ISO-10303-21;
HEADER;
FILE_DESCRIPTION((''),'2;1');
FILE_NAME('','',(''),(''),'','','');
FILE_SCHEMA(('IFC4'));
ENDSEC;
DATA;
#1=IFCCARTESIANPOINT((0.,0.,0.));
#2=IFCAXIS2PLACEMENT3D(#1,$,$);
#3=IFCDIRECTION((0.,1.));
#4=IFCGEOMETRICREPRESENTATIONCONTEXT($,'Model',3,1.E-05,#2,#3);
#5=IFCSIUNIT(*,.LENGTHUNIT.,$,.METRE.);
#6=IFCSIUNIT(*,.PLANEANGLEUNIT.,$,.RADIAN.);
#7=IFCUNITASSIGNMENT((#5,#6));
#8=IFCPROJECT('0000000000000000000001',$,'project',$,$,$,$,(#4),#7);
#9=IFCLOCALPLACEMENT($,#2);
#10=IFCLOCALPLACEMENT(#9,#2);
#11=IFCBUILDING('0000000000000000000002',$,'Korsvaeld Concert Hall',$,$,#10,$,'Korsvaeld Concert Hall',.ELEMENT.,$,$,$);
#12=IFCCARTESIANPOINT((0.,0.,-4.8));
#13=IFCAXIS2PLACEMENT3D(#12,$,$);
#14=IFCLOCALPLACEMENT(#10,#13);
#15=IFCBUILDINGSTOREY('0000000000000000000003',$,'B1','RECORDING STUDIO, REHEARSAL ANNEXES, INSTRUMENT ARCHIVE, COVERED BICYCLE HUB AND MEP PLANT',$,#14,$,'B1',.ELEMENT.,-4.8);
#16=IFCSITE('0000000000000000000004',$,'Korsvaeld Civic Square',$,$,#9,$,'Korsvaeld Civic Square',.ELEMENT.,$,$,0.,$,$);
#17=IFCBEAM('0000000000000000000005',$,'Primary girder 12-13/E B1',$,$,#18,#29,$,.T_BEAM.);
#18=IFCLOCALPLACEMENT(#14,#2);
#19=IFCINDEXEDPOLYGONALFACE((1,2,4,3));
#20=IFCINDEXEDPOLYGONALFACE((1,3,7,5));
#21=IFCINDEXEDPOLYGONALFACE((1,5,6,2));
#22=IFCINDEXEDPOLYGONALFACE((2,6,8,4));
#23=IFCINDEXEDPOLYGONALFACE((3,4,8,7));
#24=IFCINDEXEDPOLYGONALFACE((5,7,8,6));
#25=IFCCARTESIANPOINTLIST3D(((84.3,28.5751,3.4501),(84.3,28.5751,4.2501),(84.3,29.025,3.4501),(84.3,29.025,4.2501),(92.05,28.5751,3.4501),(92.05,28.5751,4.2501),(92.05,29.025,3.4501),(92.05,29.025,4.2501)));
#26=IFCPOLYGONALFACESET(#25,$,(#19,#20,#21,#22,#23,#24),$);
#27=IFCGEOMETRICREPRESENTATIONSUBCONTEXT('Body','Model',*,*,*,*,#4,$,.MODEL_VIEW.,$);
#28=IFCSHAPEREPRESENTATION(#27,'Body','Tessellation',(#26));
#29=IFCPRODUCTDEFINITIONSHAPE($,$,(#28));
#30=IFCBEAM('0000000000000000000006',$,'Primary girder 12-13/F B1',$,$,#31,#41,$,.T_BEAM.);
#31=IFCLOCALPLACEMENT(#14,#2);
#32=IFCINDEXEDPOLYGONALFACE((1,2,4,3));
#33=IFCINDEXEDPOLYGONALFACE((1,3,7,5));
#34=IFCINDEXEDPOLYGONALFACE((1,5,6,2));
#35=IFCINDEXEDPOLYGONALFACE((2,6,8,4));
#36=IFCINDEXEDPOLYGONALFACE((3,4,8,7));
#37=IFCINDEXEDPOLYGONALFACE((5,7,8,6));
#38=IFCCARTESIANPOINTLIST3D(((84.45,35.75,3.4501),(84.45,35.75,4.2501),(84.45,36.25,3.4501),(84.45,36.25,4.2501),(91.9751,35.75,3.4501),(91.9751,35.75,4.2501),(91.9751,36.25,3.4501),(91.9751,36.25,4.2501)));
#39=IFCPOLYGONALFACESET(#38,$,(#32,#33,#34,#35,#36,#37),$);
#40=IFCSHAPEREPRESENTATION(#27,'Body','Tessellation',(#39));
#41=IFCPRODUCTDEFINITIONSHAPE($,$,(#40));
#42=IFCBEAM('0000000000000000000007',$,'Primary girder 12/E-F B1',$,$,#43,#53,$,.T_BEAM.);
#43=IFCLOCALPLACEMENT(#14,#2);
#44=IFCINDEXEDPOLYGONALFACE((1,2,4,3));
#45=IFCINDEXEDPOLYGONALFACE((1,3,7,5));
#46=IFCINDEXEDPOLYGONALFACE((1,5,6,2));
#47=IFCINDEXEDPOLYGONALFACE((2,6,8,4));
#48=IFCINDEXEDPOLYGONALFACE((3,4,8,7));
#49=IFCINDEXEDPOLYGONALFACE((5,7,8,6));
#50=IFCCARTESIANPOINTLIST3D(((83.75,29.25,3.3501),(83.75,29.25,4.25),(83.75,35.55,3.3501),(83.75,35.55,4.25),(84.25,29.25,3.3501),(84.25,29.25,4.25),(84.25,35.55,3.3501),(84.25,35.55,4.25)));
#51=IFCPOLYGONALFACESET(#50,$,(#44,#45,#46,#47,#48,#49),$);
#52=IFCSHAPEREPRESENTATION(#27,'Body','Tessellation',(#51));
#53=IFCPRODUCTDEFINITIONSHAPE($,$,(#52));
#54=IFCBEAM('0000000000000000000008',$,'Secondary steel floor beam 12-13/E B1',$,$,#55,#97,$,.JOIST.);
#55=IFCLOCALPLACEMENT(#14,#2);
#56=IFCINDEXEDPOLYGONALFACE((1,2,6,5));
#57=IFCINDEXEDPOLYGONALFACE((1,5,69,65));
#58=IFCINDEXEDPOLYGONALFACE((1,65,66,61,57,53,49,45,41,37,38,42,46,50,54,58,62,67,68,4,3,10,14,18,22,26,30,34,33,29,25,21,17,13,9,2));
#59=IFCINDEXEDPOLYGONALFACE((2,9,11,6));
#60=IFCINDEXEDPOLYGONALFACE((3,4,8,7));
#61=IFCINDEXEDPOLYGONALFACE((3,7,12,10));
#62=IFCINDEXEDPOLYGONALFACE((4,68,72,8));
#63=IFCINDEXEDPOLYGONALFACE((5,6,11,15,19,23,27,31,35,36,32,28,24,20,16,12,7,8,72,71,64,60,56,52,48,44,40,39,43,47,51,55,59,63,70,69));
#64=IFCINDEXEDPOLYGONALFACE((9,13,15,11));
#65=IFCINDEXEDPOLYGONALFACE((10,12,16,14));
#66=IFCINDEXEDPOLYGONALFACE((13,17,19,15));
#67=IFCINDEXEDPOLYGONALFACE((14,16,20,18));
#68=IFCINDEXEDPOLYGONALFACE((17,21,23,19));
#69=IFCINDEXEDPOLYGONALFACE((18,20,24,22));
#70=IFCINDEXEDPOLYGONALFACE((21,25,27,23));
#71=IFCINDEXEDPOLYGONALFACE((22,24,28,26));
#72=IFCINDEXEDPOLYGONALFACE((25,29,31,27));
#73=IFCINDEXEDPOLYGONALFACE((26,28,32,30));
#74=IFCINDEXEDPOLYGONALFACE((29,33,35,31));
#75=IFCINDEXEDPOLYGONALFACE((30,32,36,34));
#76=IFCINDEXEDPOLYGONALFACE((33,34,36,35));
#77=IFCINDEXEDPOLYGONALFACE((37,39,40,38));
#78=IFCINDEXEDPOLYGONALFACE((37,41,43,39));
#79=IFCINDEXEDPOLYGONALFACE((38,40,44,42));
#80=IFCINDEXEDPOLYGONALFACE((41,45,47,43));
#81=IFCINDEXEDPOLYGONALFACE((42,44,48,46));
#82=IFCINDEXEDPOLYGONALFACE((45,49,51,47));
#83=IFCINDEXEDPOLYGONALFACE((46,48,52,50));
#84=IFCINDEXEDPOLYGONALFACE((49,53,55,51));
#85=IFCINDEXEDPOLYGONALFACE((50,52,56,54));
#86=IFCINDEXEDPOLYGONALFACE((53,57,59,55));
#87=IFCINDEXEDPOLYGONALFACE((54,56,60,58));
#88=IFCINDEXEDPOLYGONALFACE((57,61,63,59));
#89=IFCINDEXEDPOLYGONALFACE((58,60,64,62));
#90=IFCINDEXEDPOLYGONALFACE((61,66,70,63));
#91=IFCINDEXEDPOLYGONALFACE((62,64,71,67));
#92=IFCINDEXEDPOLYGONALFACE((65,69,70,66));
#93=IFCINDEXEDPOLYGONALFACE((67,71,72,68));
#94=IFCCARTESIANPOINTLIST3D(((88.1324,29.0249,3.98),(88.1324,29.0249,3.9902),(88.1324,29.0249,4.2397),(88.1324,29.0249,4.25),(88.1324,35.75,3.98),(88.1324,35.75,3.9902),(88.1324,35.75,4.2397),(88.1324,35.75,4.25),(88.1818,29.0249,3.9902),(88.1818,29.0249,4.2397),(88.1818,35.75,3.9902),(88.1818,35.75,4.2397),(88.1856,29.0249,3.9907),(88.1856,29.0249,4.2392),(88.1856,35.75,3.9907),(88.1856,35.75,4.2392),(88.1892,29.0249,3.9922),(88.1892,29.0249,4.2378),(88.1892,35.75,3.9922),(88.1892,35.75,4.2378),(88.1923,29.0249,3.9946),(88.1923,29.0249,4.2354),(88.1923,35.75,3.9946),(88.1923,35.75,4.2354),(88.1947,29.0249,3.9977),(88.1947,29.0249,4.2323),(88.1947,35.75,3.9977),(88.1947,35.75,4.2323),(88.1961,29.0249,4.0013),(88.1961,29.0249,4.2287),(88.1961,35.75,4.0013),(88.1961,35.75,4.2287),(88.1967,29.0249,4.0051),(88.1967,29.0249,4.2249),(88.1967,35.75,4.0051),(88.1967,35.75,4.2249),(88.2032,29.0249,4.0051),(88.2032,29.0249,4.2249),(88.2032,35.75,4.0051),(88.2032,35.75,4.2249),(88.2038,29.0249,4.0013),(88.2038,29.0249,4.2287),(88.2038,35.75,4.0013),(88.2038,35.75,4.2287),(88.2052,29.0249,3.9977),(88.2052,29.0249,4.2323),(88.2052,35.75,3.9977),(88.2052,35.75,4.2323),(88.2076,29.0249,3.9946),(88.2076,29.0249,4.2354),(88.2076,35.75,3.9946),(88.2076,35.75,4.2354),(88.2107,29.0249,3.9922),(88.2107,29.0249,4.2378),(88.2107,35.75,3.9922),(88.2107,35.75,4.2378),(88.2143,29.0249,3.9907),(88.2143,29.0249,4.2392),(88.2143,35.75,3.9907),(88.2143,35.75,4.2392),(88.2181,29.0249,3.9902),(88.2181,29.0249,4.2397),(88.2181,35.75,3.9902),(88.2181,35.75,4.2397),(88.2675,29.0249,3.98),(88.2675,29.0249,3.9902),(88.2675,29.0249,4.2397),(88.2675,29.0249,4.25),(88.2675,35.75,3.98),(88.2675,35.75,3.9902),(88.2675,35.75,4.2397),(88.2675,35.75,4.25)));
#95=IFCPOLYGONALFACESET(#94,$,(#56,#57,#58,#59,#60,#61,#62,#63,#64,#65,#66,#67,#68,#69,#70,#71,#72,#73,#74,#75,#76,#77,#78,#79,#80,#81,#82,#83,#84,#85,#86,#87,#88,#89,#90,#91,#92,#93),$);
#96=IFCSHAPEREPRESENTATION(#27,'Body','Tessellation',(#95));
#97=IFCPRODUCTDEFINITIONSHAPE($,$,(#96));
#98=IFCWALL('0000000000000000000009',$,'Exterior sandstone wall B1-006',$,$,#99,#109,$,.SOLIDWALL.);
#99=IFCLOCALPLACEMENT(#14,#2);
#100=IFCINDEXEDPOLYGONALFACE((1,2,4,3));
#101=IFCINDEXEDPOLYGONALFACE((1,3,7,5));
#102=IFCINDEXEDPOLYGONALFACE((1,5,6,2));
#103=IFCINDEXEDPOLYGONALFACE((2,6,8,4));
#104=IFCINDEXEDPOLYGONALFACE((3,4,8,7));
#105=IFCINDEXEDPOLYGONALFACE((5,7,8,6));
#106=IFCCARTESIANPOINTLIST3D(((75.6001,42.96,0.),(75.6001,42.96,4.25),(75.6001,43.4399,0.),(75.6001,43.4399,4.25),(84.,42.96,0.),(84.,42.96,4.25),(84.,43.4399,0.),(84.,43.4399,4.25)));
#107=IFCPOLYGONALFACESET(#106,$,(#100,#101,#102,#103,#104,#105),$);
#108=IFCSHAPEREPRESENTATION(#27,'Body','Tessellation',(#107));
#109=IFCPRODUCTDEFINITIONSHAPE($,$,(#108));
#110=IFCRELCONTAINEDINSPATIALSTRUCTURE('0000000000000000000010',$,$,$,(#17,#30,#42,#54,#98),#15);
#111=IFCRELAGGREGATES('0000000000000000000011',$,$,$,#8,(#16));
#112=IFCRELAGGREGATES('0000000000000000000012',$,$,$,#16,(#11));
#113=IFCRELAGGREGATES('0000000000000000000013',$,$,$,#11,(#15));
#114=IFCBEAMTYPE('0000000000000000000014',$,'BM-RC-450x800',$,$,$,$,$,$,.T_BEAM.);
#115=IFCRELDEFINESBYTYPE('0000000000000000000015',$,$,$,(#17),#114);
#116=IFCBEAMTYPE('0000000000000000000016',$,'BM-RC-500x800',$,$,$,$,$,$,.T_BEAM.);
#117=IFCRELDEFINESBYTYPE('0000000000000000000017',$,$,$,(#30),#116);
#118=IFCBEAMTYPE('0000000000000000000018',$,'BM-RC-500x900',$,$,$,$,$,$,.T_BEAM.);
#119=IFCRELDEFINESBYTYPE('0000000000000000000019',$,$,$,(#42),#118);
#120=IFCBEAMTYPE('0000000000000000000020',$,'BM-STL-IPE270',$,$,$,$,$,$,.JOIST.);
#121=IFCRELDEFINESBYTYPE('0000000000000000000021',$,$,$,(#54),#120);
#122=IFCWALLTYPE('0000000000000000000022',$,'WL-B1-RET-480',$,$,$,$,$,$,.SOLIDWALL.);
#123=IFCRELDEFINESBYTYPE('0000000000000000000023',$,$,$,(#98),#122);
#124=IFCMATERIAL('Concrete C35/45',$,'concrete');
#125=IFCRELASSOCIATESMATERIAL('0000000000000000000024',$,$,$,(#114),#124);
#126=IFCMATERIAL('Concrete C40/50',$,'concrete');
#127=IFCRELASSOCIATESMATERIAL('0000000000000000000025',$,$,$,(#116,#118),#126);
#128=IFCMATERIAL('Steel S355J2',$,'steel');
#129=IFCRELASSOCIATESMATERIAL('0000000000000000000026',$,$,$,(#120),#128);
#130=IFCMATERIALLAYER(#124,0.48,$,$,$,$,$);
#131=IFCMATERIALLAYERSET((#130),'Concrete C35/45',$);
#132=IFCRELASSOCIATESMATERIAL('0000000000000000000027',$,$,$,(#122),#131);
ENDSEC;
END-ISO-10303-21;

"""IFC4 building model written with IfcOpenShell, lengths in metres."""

from ifc_helpers import new_model, si_unit, direction, frame, frame_2d, origin, origin_2d, place, context, subcontext, project, spatial, rectangle, i_section, extrude, material, layer, layer_set, material_profile, profile_set, type_object, element, save


model = new_model("IFC4")

# Units and contexts
model_context = context("Model", 3, precision=1e-05, world=origin(), true_north=direction((0.0, 1.0)))
body_context = subcontext(model_context, "Body", "Model", "MODEL_VIEW")
ifc_project = project(units=[si_unit("LENGTHUNIT", "METRE"), si_unit("PLANEANGLEUNIT", "RADIAN")], contexts=[model_context])

# Site, building, storey
site_placement = place(None, origin())
site = spatial("IfcSite", under=ifc_project, at=site_placement, Name="Korsvaeld Civic Square", LongName="Korsvaeld Civic Square", CompositionType="ELEMENT", RefElevation=0.0)
building_placement = place(site_placement, origin())
building = spatial("IfcBuilding", under=site, at=building_placement, Name="Korsvaeld Concert Hall", LongName="Korsvaeld Concert Hall", CompositionType="ELEMENT")
storey_placement = place(building_placement, frame((0.0, 0.0, -4.8)))
storey = spatial("IfcBuildingStorey", under=building, at=storey_placement, Name="B1", Description="RECORDING STUDIO, REHEARSAL ANNEXES, INSTRUMENT ARCHIVE, COVERED BICYCLE HUB AND MEP PLANT", LongName="B1", CompositionType="ELEMENT", Elevation=-4.8)

# Shared definitions
ifc_material_1 = material(Name="Concrete C35/45", Category="concrete")

# Shared definitions
ifc_material_2 = material(Name="Concrete C40/50", Category="concrete")

# Beams
ifc_material_profile_1 = material_profile(ifc_material_1, rectangle(XDim=0.45, YDim=0.8, at=origin_2d()), Name="RC 450x800")
ifc_profile_set_1 = profile_set([ifc_material_profile_1], Name="Concrete C35/45")
beam_type_1 = type_object("IfcBeamType", Name="BM-RC-450x800", PredefinedType="T_BEAM", material=ifc_profile_set_1)
beam_1_placement = place(storey_placement, frame((84.3, 28.8, 3.8501), z_axis=(1.0, 0.0, 0.0), x_axis=(0.0, 1.0, 0.0)))
element("IfcBeam", 1, at=beam_1_placement, inside=storey, type_object=beam_type_1, Name="Primary girder 12-13/E B1", PredefinedType="T_BEAM", context=body_context, shape_type="SweptSolid", body=[
    extrude(rectangle(XDim=0.45, YDim=0.8, at=origin_2d()), origin(), (0.0, 0.0, 1.0), 7.75),
])
ifc_material_profile_2 = material_profile(ifc_material_2, rectangle(XDim=0.5, YDim=0.8, at=origin_2d()), Name="RC 500x800")
ifc_profile_set_2 = profile_set([ifc_material_profile_2], Name="Concrete C40/50")
beam_type_2 = type_object("IfcBeamType", Name="BM-RC-500x800", PredefinedType="T_BEAM", material=ifc_profile_set_2)
beam_2_placement = place(storey_placement, frame((84.45, 36.0, 3.8501), z_axis=(1.0, 0.0, 0.0), x_axis=(0.0, 1.0, 0.0)))
element("IfcBeam", 2, at=beam_2_placement, inside=storey, type_object=beam_type_2, Name="Primary girder 12-13/F B1", PredefinedType="T_BEAM", context=body_context, shape_type="SweptSolid", body=[
    extrude(rectangle(XDim=0.5, YDim=0.8, at=origin_2d()), origin(), (0.0, 0.0, 1.0), 7.5251),
])
ifc_material_profile_3 = material_profile(ifc_material_2, rectangle(XDim=0.5, YDim=0.8999, at=origin_2d()), Name="RC 500x900")
ifc_profile_set_3 = profile_set([ifc_material_profile_3], Name="Concrete C40/50")
beam_type_3 = type_object("IfcBeamType", Name="BM-RC-500x900", PredefinedType="T_BEAM", material=ifc_profile_set_3)
beam_3_placement = place(storey_placement, frame((84.0, 29.25, 3.8), z_axis=(0.0, 1.0, 0.0), x_axis=(-1.0, 0.0, 0.0)))
element("IfcBeam", 3, at=beam_3_placement, inside=storey, type_object=beam_type_3, Name="Primary girder 12/E-F B1", PredefinedType="T_BEAM", context=body_context, shape_type="SweptSolid", body=[
    extrude(rectangle(XDim=0.5, YDim=0.8999, at=origin_2d()), origin(), (0.0, 0.0, 1.0), 6.3),
])
ifc_material_3 = material(Name="Steel S355J2", Category="steel")
ifc_material_profile_4 = material_profile(ifc_material_3, i_section(OverallWidth=0.135, OverallDepth=0.27, WebThickness=0.0066, FlangeThickness=0.0103, FilletRadius=0.0149, at=origin_2d()), Name="IPE 270")
ifc_profile_set_4 = profile_set([ifc_material_profile_4], Name="Steel S355J2")
beam_type_4 = type_object("IfcBeamType", Name="BM-STL-IPE270", PredefinedType="JOIST", material=ifc_profile_set_4)
beam_4_placement = place(storey_placement, frame((88.2, 29.0249, 4.115), z_axis=(0.0, 1.0, 0.0), x_axis=(-1.0, 0.0, 0.0)))
element("IfcBeam", 4, at=beam_4_placement, inside=storey, type_object=beam_type_4, Name="Secondary steel floor beam 12-13/E B1", PredefinedType="JOIST", context=body_context, shape_type="SweptSolid", body=[
    extrude(i_section(OverallWidth=0.135, OverallDepth=0.27, WebThickness=0.0066, FlangeThickness=0.0103, FilletRadius=0.0149, at=origin_2d()), origin(), (0.0, 0.0, 1.0), 6.7251),
])

# Wall
ifc_layer = layer(ifc_material_1, 0.48)
ifc_layer_set = layer_set([ifc_layer], Name="Concrete C35/45")
wall_type = type_object("IfcWallType", Name="WL-B1-RET-480", PredefinedType="SOLIDWALL", material=ifc_layer_set)
wall_placement = place(storey_placement, frame((84.0, 43.2, 0.0), z_axis=(0.0, 0.0, 1.0), x_axis=(-1.0, 0.0, 0.0)))
element("IfcWall", 5, at=wall_placement, inside=storey, type_object=wall_type, Name="Exterior sandstone wall B1-006", PredefinedType="SOLIDWALL", context=body_context, shape_type="SweptSolid", body=[
    extrude(rectangle(XDim=8.3999, YDim=0.48, at=frame_2d((4.2, 0.0))), origin(), (0.0, 0.0, 1.0), 4.25),
])

save(model, "model.ifc")
